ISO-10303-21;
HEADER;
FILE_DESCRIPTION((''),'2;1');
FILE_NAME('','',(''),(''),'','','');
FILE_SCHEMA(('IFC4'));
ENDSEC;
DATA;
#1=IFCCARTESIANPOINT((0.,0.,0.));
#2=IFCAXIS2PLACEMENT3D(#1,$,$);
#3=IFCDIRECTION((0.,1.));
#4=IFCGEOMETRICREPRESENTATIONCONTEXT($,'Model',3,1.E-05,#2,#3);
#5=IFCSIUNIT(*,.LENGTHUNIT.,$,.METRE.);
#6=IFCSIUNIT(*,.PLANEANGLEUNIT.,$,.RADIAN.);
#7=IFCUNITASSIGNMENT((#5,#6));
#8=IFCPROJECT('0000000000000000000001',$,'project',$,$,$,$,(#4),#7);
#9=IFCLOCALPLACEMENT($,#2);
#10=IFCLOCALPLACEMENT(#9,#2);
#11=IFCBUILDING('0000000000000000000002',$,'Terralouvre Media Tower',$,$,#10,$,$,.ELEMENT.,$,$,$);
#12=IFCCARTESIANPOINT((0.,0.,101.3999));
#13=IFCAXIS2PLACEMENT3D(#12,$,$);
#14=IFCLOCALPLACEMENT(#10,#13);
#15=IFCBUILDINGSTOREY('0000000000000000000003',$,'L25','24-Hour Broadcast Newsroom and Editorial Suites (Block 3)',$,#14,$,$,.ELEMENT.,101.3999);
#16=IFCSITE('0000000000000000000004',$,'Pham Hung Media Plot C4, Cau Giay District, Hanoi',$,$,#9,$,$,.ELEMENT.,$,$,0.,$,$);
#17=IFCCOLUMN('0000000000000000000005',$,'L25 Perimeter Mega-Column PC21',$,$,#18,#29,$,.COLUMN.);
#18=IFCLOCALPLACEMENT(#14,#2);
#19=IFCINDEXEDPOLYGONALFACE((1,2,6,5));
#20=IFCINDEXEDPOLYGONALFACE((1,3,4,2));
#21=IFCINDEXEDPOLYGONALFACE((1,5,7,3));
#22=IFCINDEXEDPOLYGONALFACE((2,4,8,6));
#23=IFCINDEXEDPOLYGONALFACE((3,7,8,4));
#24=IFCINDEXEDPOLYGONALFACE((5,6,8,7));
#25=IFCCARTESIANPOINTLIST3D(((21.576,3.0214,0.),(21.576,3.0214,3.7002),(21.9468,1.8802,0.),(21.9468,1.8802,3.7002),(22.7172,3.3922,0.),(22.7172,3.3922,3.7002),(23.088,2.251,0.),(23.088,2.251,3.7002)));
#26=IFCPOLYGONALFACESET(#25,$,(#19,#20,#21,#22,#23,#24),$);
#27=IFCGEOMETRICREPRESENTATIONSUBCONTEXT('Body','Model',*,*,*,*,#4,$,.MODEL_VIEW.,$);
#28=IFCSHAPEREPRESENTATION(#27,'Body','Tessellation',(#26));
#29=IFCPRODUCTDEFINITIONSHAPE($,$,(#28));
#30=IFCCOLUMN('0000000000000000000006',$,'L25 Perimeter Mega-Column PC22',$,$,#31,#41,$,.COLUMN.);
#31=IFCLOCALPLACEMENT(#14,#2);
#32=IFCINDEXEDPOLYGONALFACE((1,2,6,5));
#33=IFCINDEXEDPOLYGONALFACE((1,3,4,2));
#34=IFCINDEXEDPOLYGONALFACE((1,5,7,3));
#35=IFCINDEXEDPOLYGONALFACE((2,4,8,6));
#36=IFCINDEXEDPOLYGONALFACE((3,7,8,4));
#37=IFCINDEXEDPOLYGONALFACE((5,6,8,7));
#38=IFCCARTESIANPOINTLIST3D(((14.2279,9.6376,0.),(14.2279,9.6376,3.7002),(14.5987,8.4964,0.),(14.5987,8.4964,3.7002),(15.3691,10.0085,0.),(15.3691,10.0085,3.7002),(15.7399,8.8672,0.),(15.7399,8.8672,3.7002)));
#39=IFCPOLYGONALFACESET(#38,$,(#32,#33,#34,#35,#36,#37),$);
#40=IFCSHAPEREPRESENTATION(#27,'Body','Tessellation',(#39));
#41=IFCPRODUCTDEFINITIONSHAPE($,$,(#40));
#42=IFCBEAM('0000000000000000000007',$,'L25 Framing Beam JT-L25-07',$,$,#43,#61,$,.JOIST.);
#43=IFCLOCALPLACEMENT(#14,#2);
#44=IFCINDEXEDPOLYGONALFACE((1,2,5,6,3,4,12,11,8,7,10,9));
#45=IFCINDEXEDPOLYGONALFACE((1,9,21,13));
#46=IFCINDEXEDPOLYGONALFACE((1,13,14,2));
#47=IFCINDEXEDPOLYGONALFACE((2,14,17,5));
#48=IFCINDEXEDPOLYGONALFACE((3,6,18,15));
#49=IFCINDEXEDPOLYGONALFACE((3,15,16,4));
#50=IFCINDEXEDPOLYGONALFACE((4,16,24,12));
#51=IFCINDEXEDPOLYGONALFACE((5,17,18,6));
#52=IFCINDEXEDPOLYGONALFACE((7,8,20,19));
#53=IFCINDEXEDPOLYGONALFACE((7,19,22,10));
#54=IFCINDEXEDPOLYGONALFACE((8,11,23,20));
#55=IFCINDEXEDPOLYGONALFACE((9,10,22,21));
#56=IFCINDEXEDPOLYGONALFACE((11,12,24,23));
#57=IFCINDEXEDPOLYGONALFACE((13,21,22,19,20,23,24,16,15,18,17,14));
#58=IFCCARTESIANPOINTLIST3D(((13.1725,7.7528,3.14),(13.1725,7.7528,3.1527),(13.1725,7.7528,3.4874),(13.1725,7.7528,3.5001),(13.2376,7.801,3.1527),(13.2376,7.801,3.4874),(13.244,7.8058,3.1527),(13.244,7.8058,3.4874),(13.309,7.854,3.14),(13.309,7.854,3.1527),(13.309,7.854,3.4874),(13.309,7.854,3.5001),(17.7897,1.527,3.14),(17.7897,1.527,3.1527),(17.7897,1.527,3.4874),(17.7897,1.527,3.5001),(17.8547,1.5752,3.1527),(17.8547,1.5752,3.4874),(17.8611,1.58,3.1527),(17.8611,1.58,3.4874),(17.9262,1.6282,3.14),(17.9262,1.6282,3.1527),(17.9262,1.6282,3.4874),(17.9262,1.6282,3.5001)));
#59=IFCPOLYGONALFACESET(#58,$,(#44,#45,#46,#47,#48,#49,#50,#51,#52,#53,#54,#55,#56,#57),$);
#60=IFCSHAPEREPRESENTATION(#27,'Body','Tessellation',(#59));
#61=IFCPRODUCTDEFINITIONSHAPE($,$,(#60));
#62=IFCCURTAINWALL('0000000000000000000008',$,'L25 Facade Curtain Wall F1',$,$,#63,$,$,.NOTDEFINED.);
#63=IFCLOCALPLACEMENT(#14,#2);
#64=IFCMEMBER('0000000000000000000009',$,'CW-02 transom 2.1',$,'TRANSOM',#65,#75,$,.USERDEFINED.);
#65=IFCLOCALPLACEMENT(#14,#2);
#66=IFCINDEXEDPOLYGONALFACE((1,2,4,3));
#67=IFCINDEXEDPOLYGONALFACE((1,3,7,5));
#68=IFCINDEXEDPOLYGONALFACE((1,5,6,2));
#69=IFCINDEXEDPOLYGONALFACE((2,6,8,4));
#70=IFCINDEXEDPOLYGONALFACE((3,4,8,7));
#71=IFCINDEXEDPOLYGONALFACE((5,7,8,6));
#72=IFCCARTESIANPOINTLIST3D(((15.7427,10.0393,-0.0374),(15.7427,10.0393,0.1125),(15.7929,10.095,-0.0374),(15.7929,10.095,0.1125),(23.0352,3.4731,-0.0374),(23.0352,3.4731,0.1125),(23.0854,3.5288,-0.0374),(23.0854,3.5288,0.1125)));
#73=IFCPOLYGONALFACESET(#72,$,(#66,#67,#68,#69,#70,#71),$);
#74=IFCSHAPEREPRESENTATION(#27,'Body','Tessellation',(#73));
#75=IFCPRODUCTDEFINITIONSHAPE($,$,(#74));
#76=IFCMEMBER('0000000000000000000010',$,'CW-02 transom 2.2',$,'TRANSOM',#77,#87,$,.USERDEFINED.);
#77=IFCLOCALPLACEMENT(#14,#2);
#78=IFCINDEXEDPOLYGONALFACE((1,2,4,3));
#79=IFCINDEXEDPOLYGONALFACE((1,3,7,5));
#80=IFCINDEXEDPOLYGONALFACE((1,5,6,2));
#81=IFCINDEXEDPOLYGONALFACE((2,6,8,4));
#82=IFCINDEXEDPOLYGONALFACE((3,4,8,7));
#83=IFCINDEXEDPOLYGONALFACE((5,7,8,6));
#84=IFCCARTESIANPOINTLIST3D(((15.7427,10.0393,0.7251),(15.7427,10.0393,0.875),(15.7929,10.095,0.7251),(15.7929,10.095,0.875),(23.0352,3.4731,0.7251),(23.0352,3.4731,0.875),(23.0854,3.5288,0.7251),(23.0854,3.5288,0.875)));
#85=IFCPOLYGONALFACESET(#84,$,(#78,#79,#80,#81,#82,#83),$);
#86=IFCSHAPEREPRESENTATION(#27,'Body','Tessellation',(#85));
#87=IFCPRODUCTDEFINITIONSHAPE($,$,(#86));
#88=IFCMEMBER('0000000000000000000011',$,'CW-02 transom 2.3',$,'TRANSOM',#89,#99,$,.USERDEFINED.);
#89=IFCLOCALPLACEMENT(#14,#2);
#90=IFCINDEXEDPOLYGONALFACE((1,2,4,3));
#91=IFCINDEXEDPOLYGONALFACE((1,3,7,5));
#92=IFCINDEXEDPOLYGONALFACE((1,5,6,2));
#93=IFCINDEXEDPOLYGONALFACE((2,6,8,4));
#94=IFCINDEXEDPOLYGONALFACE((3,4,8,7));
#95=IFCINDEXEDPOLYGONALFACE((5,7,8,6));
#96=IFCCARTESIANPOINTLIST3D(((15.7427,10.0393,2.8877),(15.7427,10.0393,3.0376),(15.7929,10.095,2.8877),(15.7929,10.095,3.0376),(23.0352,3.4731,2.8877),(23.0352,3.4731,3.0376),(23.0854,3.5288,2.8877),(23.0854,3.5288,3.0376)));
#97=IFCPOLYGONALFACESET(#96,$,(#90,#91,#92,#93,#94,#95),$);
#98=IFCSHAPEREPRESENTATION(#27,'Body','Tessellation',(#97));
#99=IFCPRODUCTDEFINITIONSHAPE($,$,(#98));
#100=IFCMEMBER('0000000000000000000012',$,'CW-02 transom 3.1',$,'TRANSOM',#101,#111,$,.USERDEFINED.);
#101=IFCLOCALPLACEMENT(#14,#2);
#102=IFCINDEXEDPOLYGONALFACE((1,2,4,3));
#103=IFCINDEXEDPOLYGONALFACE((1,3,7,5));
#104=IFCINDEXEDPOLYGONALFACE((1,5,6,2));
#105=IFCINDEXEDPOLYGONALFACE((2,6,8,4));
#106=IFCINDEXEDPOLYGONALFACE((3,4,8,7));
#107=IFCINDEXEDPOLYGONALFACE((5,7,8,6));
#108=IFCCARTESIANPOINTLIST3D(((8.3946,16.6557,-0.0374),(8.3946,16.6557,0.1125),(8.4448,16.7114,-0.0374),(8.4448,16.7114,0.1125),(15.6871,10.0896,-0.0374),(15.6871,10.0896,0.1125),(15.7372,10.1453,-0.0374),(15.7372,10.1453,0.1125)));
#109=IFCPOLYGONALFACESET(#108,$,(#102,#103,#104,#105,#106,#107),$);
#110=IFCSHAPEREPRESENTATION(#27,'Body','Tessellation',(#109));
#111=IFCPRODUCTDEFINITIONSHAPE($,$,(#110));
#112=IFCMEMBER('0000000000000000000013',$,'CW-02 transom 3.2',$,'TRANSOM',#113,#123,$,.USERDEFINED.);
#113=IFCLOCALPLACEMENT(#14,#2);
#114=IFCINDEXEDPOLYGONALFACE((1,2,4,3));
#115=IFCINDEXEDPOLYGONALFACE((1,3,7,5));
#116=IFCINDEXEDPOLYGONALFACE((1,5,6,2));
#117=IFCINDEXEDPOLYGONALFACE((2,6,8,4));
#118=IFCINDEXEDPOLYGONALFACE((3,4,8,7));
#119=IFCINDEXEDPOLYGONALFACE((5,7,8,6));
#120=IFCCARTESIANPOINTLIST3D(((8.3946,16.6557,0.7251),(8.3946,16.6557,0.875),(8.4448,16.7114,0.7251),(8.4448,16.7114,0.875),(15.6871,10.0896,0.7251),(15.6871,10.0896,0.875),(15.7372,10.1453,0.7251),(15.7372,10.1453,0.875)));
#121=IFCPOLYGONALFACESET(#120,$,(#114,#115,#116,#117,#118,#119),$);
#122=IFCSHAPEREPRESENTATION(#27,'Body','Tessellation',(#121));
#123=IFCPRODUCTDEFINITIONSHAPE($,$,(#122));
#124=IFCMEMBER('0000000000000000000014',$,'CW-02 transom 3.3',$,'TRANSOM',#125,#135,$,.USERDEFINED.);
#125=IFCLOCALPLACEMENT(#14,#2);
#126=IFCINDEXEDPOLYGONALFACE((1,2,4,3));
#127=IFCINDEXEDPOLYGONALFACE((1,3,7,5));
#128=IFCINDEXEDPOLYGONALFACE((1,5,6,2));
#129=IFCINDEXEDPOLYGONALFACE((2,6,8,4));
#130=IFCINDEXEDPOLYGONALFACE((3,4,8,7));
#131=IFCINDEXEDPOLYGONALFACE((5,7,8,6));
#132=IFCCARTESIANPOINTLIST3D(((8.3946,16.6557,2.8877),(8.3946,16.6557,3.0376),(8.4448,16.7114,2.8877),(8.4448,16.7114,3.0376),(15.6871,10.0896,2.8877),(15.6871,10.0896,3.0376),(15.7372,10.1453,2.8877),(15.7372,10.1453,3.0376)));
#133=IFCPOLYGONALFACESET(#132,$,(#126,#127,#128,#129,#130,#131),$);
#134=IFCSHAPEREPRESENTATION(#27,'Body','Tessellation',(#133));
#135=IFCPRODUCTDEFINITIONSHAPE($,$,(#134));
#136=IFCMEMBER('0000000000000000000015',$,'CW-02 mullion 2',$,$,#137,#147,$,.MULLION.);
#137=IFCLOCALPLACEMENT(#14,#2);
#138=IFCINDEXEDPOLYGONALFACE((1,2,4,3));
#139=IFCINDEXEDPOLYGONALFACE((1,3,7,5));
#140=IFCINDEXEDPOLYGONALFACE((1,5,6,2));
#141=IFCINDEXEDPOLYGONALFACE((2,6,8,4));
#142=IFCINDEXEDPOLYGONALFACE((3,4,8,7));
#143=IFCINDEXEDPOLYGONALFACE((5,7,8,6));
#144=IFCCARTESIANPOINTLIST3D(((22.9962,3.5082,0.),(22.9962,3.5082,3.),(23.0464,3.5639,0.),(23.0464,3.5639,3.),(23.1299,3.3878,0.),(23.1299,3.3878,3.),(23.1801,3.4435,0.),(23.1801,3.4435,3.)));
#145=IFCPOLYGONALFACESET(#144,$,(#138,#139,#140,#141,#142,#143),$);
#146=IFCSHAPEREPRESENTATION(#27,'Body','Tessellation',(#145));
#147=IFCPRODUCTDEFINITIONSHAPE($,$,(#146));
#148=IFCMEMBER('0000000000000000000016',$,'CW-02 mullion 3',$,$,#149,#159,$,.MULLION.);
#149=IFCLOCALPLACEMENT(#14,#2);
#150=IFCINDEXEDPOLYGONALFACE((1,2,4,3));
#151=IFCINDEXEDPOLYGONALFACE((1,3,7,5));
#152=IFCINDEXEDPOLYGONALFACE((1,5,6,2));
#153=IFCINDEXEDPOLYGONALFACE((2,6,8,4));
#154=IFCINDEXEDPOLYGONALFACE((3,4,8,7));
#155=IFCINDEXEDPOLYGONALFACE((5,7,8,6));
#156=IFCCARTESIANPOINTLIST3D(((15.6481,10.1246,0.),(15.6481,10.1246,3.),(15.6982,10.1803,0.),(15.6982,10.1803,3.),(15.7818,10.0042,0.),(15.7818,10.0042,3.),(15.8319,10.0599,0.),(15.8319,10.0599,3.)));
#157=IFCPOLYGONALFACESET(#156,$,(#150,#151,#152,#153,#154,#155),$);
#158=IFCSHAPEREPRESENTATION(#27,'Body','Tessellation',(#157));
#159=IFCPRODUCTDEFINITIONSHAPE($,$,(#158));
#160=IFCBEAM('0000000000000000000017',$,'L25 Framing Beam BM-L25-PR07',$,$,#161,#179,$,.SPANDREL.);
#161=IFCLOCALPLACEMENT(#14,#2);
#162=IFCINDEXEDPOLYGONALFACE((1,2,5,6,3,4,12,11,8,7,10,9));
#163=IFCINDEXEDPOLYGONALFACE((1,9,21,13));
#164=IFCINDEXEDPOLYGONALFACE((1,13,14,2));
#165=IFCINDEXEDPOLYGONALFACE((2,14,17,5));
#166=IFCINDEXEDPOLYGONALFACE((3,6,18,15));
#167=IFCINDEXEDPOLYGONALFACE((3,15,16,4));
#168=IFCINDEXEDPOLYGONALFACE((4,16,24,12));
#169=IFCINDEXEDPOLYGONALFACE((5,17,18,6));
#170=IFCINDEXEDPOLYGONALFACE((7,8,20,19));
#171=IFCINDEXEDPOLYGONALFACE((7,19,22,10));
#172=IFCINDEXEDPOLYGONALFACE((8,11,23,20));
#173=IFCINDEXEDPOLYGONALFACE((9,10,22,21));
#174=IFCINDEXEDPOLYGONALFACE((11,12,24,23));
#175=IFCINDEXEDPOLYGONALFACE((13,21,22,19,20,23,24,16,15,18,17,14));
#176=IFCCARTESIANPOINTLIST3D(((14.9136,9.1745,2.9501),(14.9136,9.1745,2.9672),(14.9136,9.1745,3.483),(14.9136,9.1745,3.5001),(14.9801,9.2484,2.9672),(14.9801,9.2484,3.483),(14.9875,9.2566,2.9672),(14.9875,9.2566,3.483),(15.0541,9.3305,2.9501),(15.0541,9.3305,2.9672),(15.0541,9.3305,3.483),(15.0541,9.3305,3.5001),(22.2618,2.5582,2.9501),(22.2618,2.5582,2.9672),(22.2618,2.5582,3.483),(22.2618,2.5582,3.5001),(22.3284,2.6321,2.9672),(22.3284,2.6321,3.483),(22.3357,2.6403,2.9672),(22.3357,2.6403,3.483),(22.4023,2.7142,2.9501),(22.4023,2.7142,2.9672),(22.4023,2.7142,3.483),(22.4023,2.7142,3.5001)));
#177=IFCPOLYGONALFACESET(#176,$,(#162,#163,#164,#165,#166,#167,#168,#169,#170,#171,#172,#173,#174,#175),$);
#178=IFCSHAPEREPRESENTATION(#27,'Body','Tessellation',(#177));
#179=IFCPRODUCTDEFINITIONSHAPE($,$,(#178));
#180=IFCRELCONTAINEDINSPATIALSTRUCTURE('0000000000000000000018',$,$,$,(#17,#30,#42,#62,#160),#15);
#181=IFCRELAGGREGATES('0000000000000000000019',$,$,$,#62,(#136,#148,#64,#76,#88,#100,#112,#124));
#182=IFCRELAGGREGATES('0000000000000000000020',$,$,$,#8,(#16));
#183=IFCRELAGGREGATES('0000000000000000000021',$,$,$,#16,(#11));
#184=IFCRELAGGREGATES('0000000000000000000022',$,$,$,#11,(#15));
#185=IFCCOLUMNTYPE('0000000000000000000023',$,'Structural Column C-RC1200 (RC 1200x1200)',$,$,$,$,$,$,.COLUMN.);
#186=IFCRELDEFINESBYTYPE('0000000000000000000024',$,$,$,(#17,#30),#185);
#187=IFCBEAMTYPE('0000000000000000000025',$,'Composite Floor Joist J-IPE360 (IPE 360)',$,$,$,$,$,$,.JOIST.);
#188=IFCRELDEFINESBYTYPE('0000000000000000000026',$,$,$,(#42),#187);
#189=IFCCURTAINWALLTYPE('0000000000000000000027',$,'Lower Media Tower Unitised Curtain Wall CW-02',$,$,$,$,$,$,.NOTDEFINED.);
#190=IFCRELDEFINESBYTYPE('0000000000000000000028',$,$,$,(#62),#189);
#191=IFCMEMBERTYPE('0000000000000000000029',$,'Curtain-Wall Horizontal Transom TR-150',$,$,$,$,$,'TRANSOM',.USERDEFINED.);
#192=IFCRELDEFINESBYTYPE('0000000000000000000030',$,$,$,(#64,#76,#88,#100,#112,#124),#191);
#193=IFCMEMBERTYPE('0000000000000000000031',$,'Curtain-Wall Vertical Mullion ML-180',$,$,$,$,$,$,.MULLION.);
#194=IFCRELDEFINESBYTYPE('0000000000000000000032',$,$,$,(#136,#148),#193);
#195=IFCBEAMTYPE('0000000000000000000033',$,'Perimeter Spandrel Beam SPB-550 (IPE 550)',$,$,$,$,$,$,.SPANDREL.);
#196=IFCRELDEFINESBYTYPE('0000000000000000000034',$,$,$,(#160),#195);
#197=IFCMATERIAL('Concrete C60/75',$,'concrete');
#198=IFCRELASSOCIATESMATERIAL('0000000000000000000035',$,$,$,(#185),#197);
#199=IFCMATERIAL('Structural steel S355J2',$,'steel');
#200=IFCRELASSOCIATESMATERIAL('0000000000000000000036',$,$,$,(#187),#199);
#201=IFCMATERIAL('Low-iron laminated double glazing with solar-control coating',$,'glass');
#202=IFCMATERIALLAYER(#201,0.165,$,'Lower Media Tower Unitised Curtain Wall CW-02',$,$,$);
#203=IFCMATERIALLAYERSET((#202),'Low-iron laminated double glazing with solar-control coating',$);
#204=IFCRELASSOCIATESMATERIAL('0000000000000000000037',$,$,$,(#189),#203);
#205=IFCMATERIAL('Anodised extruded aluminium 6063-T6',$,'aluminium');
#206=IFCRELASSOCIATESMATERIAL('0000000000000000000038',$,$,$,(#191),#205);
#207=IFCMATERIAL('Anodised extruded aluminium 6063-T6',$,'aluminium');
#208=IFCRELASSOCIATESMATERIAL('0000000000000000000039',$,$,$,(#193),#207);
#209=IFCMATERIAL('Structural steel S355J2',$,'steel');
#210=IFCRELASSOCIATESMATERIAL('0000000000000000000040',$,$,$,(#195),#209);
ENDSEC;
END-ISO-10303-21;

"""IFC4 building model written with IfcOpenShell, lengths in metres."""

from ifc_helpers import new_model, si_unit, direction, frame, origin, origin_2d, place, context, subcontext, project, spatial, rectangle, i_section, extrude, material, layer, layer_set, material_profile, profile_set, type_object, element, aggregate, save


model = new_model("IFC4")

# Units and contexts
model_context = context("Model", 3, precision=1e-05, world=origin(), true_north=direction((0.0, 1.0)))
body_context = subcontext(model_context, "Body", "Model", "MODEL_VIEW")
ifc_project = project(units=[si_unit("LENGTHUNIT", "METRE"), si_unit("PLANEANGLEUNIT", "RADIAN")], contexts=[model_context])

# Site, building, storey
site_placement = place(None, origin())
site = spatial("IfcSite", under=ifc_project, at=site_placement, Name="Pham Hung Media Plot C4, Cau Giay District, Hanoi", CompositionType="ELEMENT", RefElevation=0.0)
building_placement = place(site_placement, origin())
building = spatial("IfcBuilding", under=site, at=building_placement, Name="Terralouvre Media Tower", CompositionType="ELEMENT")
storey_placement = place(building_placement, frame((0.0, 0.0, 101.3999)))
storey = spatial("IfcBuildingStorey", under=building, at=storey_placement, Name="L25", Description="24-Hour Broadcast Newsroom and Editorial Suites (Block 3)", CompositionType="ELEMENT", Elevation=101.3999)

# Columns
ifc_material_1 = material(Name="Concrete C60/75", Category="concrete")
ifc_material_profile_1 = material_profile(ifc_material_1, rectangle(XDim=1.2, YDim=1.2, at=origin_2d()), Name="RC 1200x1200")
ifc_profile_set_1 = profile_set([ifc_material_profile_1], Name="Concrete C60/75")
column_type = type_object("IfcColumnType", Name="Structural Column C-RC1200 (RC 1200x1200)", PredefinedType="COLUMN", material=ifc_profile_set_1)
for number, where, z_axis, x_axis, name in (
    (1, (22.332, 2.6362, 0.0), (0.0, 0.0, 1.0), (0.951057, 0.309017, 0.0), "L25 Perimeter Mega-Column PC21"),
    (2, (14.9839, 9.2524, 0.0), (0.0, 0.0, 1.0), (0.951057, 0.309017, 0.0), "L25 Perimeter Mega-Column PC22"),
):
    element("IfcColumn", number, at=place(storey_placement, frame(where, z_axis=z_axis, x_axis=x_axis)), inside=storey, type_object=column_type, Name=name, PredefinedType="COLUMN", context=body_context, shape_type="SweptSolid", body=[
        extrude(rectangle(XDim=1.2, YDim=1.2, at=origin_2d()), origin(), (0.0, 0.0, 1.0), 3.7002),
    ])

# Beam
ifc_material_2 = material(Name="Structural steel S355J2", Category="steel")
ifc_material_profile_2 = material_profile(ifc_material_2, i_section(OverallWidth=0.1699, OverallDepth=0.3601, WebThickness=0.0081, FlangeThickness=0.0127, at=origin_2d()), Name="IPE 360")
ifc_profile_set_2 = profile_set([ifc_material_profile_2], Name="Structural steel S355J2")
beam_type_1 = type_object("IfcBeamType", Name="Composite Floor Joist J-IPE360 (IPE 360)", PredefinedType="JOIST", material=ifc_profile_set_2)
beam_1_placement = place(storey_placement, frame((17.8579, 1.5776, 3.3201), z_axis=(-0.595682, 0.80322, 0.0), x_axis=(-0.80322, -0.595682, 0.0)))
element("IfcBeam", 3, at=beam_1_placement, inside=storey, type_object=beam_type_1, Name="L25 Framing Beam JT-L25-07", PredefinedType="JOIST", context=body_context, shape_type="SweptSolid", body=[
    extrude(i_section(OverallWidth=0.1699, OverallDepth=0.3601, WebThickness=0.0081, FlangeThickness=0.0127, at=origin_2d()), origin(), (0.0, 0.0, 1.0), 7.751),
])

# Curtain wall, members
ifc_material_3 = material(Name="Low-iron laminated double glazing with solar-control coating", Category="glass")
ifc_layer_1 = layer(ifc_material_3, 0.165, Name="Lower Media Tower Unitised Curtain Wall CW-02")
ifc_layer_set_1 = layer_set([ifc_layer_1], Name="Low-iron laminated double glazing with solar-control coating")
curtain_wall_type = type_object("IfcCurtainWallType", Name="Lower Media Tower Unitised Curtain Wall CW-02", PredefinedType="NOTDEFINED", material=ifc_layer_set_1)
curtain_wall_placement = place(storey_placement, origin())
curtain_wall = element("IfcCurtainWall", 4, at=curtain_wall_placement, inside=storey, type_object=curtain_wall_type, Name="L25 Facade Curtain Wall F1", PredefinedType="NOTDEFINED")
ifc_material_4 = material(Name="Anodised extruded aluminium 6063-T6", Category="aluminium")
ifc_material_profile_3 = material_profile(ifc_material_4, rectangle(XDim=0.075, YDim=0.1499, at=origin_2d()), Name="ALU 75x150")
ifc_profile_set_3 = profile_set([ifc_material_profile_3], Name="Anodised extruded aluminium 6063-T6")
member_type_1 = type_object("IfcMemberType", Name="Curtain-Wall Horizontal Transom TR-150", ElementType="TRANSOM", PredefinedType="USERDEFINED", material=ifc_profile_set_3)
member_1_placement = place(storey_placement, frame((23.0603, 3.501, 0.0376), z_axis=(-0.743146, 0.66913, 0.0), x_axis=(-0.66913, -0.743146, 0.0)))
member_1 = element("IfcMember", 5, at=member_1_placement, type_object=member_type_1, Name="CW-02 transom 2.1", ObjectType="TRANSOM", PredefinedType="USERDEFINED", context=body_context, shape_type="SweptSolid", body=[
    extrude(rectangle(XDim=0.075, YDim=0.1499, at=origin_2d()), origin(), (0.0, 0.0, 1.0), 9.813),
])
member_2_placement = place(storey_placement, frame((23.0603, 3.501, 0.8), z_axis=(-0.743146, 0.66913, 0.0), x_axis=(-0.66913, -0.743146, 0.0)))
member_2 = element("IfcMember", 6, at=member_2_placement, type_object=member_type_1, Name="CW-02 transom 2.2", ObjectType="TRANSOM", PredefinedType="USERDEFINED", context=body_context, shape_type="SweptSolid", body=[
    extrude(rectangle(XDim=0.075, YDim=0.1499, at=origin_2d()), origin(), (0.0, 0.0, 1.0), 9.813),
])
member_3_placement = place(storey_placement, frame((23.0603, 3.501, 2.9626), z_axis=(-0.743146, 0.66913, 0.0), x_axis=(-0.66913, -0.743146, 0.0)))
member_3 = element("IfcMember", 7, at=member_3_placement, type_object=member_type_1, Name="CW-02 transom 2.3", ObjectType="TRANSOM", PredefinedType="USERDEFINED", context=body_context, shape_type="SweptSolid", body=[
    extrude(rectangle(XDim=0.075, YDim=0.1499, at=origin_2d()), origin(), (0.0, 0.0, 1.0), 9.813),
])
member_4_placement = place(storey_placement, frame((15.7122, 10.1174, 0.0376), z_axis=(-0.743146, 0.66913, 0.0), x_axis=(-0.66913, -0.743146, 0.0)))
member_4 = element("IfcMember", 8, at=member_4_placement, type_object=member_type_1, Name="CW-02 transom 3.1", ObjectType="TRANSOM", PredefinedType="USERDEFINED", context=body_context, shape_type="SweptSolid", body=[
    extrude(rectangle(XDim=0.075, YDim=0.1499, at=origin_2d()), origin(), (0.0, 0.0, 1.0), 9.813),
])
member_5_placement = place(storey_placement, frame((15.7122, 10.1174, 0.8), z_axis=(-0.743146, 0.66913, 0.0), x_axis=(-0.66913, -0.743146, 0.0)))
member_5 = element("IfcMember", 9, at=member_5_placement, type_object=member_type_1, Name="CW-02 transom 3.2", ObjectType="TRANSOM", PredefinedType="USERDEFINED", context=body_context, shape_type="SweptSolid", body=[
    extrude(rectangle(XDim=0.075, YDim=0.1499, at=origin_2d()), origin(), (0.0, 0.0, 1.0), 9.813),
])
member_6_placement = place(storey_placement, frame((15.7122, 10.1174, 2.9626), z_axis=(-0.743146, 0.66913, 0.0), x_axis=(-0.66913, -0.743146, 0.0)))
member_6 = element("IfcMember", 10, at=member_6_placement, type_object=member_type_1, Name="CW-02 transom 3.3", ObjectType="TRANSOM", PredefinedType="USERDEFINED", context=body_context, shape_type="SweptSolid", body=[
    extrude(rectangle(XDim=0.075, YDim=0.1499, at=origin_2d()), origin(), (0.0, 0.0, 1.0), 9.813),
])
ifc_material_5 = material(Name="Anodised extruded aluminium 6063-T6", Category="aluminium")
ifc_material_profile_4 = material_profile(ifc_material_5, rectangle(XDim=0.075, YDim=0.1799, at=origin_2d()), Name="ALU 75x180")
ifc_profile_set_4 = profile_set([ifc_material_profile_4], Name="Anodised extruded aluminium 6063-T6")
member_type_2 = type_object("IfcMemberType", Name="Curtain-Wall Vertical Mullion ML-180", PredefinedType="MULLION", material=ifc_profile_set_4)
member_7_placement = place(storey_placement, frame((23.0881, 3.4758, 0.0), z_axis=(0.0, 0.0, 1.0), x_axis=(-0.669131, -0.743145, 0.0)))
member_7 = element("IfcMember", 11, at=member_7_placement, type_object=member_type_2, Name="CW-02 mullion 2", PredefinedType="MULLION", context=body_context, shape_type="SweptSolid", body=[
    extrude(rectangle(XDim=0.075, YDim=0.1799, at=origin_2d()), origin(), (0.0, 0.0, 1.0), 3.0),
])
member_8_placement = place(storey_placement, frame((15.74, 10.0923, 0.0), z_axis=(0.0, 0.0, 1.0), x_axis=(-0.669131, -0.743145, 0.0)))
member_8 = element("IfcMember", 12, at=member_8_placement, type_object=member_type_2, Name="CW-02 mullion 3", PredefinedType="MULLION", context=body_context, shape_type="SweptSolid", body=[
    extrude(rectangle(XDim=0.075, YDim=0.1799, at=origin_2d()), origin(), (0.0, 0.0, 1.0), 3.0),
])

# Beam
ifc_material_6 = material(Name="Structural steel S355J2", Category="steel")
ifc_material_profile_5 = material_profile(ifc_material_6, i_section(OverallWidth=0.21, OverallDepth=0.55, WebThickness=0.011, FlangeThickness=0.0171, at=origin_2d()), Name="IPE 550")
ifc_profile_set_5 = profile_set([ifc_material_profile_5], Name="Structural steel S355J2")
beam_type_2 = type_object("IfcBeamType", Name="Perimeter Spandrel Beam SPB-550 (IPE 550)", PredefinedType="SPANDREL", material=ifc_profile_set_5)
beam_2_placement = place(storey_placement, frame((22.332, 2.6362, 3.2251), z_axis=(-0.743149, 0.669126, 0.0), x_axis=(-0.669126, -0.743149, 0.0)))
element("IfcBeam", 13, at=beam_2_placement, inside=storey, type_object=beam_type_2, Name="L25 Framing Beam BM-L25-PR07", PredefinedType="SPANDREL", context=body_context, shape_type="SweptSolid", body=[
    extrude(i_section(OverallWidth=0.21, OverallDepth=0.55, WebThickness=0.011, FlangeThickness=0.0171, at=origin_2d()), origin(), (0.0, 0.0, 1.0), 9.8879),
])

aggregate(curtain_wall, [member_7, member_8, member_1, member_2, member_3, member_4, member_5, member_6])

save(model, "model.ifc")
